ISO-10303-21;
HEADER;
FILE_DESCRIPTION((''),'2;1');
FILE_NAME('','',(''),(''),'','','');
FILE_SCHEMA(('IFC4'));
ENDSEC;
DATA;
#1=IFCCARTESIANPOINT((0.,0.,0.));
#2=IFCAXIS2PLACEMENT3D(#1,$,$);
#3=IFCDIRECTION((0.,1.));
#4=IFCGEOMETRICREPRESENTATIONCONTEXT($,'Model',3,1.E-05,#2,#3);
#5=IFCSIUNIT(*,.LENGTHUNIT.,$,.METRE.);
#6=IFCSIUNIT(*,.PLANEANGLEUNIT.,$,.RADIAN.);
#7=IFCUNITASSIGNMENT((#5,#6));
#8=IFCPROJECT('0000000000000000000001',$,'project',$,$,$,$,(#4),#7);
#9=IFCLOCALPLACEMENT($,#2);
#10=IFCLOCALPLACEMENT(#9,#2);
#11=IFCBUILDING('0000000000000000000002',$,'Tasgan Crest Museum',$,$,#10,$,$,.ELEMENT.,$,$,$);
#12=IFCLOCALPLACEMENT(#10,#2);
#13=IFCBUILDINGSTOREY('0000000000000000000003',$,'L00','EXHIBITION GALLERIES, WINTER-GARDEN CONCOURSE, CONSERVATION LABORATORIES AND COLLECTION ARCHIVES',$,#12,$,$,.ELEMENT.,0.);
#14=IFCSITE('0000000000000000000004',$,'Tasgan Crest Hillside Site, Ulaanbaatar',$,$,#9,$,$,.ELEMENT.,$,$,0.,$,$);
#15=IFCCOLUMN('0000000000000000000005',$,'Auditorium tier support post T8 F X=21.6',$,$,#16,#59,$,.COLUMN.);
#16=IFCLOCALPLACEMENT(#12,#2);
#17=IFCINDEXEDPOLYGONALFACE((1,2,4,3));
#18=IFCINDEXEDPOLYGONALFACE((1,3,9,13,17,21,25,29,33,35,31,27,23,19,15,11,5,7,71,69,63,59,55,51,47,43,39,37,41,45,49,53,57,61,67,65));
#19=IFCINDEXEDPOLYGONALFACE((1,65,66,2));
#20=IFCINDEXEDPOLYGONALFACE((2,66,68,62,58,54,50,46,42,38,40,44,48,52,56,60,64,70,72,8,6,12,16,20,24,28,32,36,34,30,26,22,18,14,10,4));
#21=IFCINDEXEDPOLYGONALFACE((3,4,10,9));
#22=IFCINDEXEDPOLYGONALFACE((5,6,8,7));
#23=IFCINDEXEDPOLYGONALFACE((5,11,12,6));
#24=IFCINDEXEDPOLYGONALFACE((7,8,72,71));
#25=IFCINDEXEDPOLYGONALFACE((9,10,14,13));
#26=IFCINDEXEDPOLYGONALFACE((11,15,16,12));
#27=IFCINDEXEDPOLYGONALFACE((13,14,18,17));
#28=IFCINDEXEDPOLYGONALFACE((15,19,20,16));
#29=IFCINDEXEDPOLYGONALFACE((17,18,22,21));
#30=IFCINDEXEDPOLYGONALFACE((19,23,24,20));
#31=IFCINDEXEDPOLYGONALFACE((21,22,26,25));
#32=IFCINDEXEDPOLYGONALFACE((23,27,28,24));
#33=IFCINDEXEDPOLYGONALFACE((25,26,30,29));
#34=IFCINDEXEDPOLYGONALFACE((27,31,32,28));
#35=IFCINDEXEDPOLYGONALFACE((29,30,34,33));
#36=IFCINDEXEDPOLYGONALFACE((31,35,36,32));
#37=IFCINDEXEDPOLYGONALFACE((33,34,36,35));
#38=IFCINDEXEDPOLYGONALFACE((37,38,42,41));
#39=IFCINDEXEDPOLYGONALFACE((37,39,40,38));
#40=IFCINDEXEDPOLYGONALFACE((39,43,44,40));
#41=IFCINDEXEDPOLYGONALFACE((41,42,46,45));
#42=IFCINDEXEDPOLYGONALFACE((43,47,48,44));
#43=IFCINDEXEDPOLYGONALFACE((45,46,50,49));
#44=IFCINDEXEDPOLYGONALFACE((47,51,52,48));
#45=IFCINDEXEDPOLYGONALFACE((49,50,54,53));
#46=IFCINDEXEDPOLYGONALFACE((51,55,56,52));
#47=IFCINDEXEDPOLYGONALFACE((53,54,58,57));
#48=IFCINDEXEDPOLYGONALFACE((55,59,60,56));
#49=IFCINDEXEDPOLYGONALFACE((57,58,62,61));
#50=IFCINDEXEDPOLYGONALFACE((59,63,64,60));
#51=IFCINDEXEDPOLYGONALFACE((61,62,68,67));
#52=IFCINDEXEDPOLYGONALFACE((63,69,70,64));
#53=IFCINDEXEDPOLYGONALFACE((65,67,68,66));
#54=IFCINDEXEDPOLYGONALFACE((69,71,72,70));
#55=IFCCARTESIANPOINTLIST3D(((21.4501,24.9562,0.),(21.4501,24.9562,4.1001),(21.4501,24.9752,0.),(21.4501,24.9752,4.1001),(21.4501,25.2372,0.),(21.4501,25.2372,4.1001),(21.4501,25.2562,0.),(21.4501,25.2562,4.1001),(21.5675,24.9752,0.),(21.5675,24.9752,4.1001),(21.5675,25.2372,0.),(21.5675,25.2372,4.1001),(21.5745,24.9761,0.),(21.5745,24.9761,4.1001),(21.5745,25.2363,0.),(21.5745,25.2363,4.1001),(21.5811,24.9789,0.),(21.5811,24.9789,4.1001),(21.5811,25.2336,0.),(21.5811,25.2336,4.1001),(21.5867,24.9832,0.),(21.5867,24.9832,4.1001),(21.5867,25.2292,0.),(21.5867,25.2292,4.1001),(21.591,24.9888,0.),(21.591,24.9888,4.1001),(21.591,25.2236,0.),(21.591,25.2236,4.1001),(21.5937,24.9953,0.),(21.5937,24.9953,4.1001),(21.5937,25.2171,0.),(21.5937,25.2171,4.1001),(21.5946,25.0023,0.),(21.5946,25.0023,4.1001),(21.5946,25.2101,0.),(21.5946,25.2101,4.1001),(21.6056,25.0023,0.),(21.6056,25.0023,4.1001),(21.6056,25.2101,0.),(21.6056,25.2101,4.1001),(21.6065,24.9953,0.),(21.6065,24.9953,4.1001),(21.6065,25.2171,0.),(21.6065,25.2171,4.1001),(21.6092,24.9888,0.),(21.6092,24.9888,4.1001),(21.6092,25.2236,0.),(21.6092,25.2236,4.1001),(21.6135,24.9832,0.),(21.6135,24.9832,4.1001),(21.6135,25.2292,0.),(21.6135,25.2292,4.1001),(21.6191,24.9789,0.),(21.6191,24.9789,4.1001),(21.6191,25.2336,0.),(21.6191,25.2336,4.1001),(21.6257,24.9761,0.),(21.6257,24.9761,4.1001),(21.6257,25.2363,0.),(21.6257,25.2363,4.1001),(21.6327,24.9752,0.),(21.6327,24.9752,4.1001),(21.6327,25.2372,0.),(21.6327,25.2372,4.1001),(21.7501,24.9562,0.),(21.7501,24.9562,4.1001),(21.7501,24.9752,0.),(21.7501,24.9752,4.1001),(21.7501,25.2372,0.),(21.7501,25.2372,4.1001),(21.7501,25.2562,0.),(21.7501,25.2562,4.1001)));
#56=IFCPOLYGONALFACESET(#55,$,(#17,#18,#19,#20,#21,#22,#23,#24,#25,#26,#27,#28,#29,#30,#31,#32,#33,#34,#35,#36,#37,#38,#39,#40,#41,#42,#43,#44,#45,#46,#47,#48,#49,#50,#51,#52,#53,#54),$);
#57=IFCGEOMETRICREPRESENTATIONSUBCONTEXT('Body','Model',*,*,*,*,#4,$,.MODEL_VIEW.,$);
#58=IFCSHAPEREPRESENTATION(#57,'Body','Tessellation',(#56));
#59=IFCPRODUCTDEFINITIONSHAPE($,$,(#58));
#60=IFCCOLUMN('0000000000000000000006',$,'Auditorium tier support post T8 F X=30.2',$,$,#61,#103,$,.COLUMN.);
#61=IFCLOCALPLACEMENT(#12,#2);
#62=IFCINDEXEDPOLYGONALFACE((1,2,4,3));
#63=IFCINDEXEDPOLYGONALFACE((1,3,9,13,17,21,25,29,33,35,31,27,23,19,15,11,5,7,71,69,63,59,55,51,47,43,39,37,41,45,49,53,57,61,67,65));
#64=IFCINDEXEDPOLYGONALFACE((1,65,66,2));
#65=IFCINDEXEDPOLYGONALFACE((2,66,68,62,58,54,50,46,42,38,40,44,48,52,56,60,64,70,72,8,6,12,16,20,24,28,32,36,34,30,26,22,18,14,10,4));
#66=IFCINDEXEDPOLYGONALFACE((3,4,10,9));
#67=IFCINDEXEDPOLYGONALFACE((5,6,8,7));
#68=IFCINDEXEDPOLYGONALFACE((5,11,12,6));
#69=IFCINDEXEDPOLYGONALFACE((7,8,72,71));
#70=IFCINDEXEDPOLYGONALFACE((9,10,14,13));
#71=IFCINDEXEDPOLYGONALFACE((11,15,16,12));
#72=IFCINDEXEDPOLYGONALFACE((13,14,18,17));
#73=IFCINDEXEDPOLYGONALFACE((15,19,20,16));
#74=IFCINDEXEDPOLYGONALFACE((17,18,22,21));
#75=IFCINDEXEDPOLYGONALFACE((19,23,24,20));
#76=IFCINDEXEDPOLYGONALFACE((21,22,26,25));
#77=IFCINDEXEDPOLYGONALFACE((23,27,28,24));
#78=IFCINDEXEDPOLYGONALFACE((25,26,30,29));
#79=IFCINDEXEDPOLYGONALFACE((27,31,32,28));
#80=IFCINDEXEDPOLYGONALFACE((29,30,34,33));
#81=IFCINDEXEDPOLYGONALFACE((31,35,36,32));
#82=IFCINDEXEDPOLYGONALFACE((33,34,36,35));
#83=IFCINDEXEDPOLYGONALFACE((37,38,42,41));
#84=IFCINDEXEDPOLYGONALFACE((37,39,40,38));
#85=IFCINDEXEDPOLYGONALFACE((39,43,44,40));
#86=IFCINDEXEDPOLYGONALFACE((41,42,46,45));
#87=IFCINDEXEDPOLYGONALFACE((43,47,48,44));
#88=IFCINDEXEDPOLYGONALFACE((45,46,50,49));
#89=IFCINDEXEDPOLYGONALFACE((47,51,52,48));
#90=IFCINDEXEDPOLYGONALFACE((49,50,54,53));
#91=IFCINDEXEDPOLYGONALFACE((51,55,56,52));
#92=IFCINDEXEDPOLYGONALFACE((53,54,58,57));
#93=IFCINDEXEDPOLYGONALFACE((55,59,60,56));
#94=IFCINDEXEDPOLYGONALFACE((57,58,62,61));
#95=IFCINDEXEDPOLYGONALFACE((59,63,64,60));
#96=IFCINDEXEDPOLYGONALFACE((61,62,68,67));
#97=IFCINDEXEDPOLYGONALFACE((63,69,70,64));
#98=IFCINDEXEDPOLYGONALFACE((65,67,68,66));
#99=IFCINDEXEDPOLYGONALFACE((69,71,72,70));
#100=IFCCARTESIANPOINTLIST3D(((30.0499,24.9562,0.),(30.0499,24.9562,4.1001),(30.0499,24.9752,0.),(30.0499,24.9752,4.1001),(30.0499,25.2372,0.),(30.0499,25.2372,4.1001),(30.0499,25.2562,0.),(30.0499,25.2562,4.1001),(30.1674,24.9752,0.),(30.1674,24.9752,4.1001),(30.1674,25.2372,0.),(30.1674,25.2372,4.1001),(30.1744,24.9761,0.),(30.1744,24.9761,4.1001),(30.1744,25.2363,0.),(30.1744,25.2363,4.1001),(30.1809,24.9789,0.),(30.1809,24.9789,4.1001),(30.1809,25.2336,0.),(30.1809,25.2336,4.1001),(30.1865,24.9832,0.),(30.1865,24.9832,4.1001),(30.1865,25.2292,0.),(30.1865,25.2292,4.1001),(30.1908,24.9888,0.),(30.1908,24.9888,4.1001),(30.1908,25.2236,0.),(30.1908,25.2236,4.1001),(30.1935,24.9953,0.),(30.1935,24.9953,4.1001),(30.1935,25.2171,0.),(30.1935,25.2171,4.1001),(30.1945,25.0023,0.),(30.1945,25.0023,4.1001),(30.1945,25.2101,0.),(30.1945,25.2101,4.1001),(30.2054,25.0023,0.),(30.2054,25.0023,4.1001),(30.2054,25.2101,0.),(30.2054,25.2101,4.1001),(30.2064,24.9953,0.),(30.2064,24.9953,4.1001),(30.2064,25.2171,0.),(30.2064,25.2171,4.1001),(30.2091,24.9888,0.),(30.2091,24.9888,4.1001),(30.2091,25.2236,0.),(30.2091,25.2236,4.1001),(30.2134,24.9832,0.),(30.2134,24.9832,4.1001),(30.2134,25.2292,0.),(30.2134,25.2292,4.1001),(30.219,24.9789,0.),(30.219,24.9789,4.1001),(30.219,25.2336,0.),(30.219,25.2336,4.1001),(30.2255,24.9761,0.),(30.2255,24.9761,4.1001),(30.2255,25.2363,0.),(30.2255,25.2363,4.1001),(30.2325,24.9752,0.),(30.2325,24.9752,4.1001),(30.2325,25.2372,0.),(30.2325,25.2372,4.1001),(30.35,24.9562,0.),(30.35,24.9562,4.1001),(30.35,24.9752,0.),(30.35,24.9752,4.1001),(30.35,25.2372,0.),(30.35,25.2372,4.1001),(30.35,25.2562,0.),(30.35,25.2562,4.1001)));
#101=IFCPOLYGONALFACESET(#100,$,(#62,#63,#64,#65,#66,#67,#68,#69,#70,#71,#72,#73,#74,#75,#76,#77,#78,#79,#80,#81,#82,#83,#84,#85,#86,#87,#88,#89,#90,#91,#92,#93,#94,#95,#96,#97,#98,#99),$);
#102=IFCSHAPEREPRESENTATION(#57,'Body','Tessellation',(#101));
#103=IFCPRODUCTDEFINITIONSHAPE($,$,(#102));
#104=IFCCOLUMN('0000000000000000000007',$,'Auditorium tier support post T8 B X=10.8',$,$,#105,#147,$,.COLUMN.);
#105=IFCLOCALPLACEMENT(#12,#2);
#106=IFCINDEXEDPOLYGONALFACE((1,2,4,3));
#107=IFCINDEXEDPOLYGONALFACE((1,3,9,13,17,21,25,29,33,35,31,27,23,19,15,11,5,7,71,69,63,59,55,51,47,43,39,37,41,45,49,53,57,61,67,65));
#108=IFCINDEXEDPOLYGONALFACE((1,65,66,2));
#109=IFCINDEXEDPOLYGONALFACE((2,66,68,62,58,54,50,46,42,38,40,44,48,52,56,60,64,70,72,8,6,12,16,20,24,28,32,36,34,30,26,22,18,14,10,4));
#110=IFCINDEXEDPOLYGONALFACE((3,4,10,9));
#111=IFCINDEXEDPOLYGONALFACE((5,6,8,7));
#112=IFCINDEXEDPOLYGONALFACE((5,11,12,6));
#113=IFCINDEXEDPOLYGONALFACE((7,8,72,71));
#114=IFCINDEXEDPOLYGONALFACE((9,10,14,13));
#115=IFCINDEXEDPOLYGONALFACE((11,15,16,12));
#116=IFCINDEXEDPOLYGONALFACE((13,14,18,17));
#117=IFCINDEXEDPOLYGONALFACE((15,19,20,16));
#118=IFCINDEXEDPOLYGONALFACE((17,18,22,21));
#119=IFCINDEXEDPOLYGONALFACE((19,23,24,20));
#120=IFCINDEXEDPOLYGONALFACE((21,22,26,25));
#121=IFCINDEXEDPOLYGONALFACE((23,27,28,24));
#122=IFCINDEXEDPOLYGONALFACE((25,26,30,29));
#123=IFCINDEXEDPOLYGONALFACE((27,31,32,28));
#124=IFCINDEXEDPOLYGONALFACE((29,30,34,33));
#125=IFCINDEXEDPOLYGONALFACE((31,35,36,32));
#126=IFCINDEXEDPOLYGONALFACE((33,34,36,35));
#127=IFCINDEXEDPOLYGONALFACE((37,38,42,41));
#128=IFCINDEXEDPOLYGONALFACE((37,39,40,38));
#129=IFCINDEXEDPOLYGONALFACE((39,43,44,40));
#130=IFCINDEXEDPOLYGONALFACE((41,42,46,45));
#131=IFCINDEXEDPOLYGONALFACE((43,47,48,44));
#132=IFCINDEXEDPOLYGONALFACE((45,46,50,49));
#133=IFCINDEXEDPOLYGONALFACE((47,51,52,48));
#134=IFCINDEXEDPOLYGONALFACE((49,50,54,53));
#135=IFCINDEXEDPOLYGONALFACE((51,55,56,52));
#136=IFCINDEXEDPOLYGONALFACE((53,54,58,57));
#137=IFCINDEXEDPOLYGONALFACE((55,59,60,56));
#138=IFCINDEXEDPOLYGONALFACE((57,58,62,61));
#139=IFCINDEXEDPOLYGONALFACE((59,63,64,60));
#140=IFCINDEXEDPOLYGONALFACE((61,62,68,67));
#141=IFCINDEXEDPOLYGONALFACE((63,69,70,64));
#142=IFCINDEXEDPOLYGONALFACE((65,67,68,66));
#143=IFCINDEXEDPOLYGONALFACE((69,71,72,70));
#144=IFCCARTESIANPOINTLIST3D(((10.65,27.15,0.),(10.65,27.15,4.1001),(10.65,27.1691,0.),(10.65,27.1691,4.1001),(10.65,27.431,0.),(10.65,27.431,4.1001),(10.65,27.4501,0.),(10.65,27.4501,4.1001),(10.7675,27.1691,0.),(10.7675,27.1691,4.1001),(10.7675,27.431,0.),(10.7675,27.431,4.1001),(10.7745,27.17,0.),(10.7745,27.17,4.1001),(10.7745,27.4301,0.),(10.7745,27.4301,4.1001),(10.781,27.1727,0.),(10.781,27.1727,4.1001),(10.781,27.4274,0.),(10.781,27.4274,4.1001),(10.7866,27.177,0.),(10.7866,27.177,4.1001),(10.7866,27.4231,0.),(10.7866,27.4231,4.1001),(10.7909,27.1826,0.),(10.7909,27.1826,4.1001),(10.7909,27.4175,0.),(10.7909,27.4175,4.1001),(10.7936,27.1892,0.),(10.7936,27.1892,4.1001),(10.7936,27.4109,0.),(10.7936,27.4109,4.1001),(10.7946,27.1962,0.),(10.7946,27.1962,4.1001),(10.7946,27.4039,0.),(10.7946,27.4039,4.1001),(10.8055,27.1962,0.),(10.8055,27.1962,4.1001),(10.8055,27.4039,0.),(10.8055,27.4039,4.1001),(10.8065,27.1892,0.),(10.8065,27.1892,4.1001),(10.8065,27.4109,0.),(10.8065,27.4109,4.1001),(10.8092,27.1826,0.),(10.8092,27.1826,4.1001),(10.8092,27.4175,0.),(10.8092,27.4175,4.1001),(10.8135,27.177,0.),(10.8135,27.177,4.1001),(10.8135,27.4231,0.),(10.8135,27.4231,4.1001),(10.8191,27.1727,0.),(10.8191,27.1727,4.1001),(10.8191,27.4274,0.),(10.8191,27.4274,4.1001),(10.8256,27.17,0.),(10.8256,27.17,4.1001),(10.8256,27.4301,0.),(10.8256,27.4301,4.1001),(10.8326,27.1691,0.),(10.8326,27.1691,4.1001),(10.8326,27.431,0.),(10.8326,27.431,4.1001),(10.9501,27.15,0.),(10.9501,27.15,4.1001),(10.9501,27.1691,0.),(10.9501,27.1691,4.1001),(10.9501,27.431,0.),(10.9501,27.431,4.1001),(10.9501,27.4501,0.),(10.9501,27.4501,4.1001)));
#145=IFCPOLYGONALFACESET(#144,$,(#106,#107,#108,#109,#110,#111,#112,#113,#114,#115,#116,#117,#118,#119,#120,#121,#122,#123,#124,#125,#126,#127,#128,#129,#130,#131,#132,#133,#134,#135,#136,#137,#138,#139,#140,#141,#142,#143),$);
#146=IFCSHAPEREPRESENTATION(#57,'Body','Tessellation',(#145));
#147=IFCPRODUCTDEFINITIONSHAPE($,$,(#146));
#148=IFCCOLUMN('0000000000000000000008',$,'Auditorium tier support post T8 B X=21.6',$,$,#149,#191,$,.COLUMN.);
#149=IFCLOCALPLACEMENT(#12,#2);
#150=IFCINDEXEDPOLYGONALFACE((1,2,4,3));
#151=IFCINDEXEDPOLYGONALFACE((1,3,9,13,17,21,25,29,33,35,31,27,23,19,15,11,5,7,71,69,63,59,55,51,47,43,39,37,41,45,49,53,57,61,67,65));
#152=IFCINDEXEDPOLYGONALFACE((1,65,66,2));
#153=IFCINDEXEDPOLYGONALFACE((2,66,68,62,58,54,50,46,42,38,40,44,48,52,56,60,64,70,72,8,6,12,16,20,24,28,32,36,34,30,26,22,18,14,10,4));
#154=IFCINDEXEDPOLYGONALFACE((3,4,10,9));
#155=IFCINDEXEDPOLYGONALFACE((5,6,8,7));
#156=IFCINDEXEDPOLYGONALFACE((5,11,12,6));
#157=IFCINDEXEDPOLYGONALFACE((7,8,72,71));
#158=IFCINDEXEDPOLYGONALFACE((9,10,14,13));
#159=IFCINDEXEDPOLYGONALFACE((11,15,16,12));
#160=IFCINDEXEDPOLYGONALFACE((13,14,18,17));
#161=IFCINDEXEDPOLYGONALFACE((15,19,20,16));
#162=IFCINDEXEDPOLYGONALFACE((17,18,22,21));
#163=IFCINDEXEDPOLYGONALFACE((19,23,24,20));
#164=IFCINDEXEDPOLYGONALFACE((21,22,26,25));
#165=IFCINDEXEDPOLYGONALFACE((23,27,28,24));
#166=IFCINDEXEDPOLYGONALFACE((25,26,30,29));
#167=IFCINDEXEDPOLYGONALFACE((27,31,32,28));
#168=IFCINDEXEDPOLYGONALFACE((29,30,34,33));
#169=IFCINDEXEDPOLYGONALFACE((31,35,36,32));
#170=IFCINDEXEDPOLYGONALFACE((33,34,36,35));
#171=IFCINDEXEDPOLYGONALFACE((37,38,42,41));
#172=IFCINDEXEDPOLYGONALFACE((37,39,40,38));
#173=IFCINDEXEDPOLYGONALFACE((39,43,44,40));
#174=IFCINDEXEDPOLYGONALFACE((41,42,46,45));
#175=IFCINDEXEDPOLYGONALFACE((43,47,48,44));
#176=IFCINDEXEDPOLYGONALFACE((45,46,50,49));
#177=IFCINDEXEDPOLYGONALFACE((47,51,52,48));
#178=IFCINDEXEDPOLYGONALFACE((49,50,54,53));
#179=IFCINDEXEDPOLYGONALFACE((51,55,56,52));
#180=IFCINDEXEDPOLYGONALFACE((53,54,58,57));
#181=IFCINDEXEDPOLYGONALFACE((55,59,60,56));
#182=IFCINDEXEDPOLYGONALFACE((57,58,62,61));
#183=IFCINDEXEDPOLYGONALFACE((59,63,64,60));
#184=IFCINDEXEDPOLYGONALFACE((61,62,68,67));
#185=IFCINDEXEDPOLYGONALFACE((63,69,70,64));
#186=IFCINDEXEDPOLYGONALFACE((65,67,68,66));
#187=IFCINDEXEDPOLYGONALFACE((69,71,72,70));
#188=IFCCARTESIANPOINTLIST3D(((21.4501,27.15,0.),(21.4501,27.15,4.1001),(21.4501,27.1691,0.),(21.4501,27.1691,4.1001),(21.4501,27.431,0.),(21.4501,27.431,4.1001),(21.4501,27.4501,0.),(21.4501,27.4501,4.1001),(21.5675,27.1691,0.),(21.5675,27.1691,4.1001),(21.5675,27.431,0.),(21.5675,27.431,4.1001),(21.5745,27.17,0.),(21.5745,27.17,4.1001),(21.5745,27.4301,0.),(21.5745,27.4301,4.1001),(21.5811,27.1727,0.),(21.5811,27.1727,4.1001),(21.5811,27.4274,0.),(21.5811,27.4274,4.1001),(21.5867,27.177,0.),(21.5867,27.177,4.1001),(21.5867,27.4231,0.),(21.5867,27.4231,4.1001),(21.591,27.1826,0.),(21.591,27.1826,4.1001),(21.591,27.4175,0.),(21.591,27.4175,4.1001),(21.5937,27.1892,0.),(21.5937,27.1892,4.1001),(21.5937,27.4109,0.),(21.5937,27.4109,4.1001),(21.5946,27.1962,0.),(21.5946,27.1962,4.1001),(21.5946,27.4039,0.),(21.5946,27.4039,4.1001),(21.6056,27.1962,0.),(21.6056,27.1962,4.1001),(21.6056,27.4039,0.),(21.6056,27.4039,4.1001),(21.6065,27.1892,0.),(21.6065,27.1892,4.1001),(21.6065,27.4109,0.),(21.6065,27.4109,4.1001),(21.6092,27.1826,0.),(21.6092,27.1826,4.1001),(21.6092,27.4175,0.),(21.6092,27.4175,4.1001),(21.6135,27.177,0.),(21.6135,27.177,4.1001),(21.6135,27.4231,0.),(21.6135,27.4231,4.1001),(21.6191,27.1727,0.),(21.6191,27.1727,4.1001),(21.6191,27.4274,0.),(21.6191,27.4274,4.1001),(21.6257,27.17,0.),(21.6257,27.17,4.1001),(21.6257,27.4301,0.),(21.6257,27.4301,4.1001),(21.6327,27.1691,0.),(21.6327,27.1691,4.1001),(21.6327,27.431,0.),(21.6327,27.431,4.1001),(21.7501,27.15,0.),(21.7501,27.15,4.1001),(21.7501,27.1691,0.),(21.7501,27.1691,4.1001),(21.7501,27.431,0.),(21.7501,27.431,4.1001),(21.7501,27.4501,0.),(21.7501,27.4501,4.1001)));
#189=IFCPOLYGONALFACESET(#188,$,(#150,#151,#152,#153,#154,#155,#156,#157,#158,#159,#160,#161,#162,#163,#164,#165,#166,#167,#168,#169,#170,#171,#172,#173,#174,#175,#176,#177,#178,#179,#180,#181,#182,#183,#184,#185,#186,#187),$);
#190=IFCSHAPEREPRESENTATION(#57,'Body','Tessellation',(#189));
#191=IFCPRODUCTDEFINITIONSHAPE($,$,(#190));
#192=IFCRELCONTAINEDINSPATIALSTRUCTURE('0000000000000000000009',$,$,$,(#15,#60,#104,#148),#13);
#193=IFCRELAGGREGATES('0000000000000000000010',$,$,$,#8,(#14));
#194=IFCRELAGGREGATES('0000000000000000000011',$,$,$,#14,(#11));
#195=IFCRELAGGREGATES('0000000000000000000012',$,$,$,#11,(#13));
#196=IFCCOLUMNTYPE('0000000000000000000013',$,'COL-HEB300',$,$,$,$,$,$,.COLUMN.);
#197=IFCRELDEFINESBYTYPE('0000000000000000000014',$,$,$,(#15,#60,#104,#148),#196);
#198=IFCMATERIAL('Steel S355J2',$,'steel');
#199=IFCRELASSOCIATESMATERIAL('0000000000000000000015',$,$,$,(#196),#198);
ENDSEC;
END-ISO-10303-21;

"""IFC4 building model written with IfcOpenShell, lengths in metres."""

from ifc_helpers import new_model, si_unit, direction, frame, origin, origin_2d, place, context, subcontext, project, spatial, i_section, extrude, material, material_profile, profile_set, type_object, element, save


model = new_model("IFC4")

# Units and contexts
model_context = context("Model", 3, precision=1e-05, world=origin(), true_north=direction((0.0, 1.0)))
body_context = subcontext(model_context, "Body", "Model", "MODEL_VIEW")
ifc_project = project(units=[si_unit("LENGTHUNIT", "METRE"), si_unit("PLANEANGLEUNIT", "RADIAN")], contexts=[model_context])

# Site, building, storey
site_placement = place(None, origin())
site = spatial("IfcSite", under=ifc_project, at=site_placement, Name="Tasgan Crest Hillside Site, Ulaanbaatar", CompositionType="ELEMENT", RefElevation=0.0)
building_placement = place(site_placement, origin())
building = spatial("IfcBuilding", under=site, at=building_placement, Name="Tasgan Crest Museum", CompositionType="ELEMENT")
storey_placement = place(building_placement, origin())
storey = spatial("IfcBuildingStorey", under=building, at=storey_placement, Name="L00", Description="EXHIBITION GALLERIES, WINTER-GARDEN CONCOURSE, CONSERVATION LABORATORIES AND COLLECTION ARCHIVES", CompositionType="ELEMENT", Elevation=0.0)

# Columns
ifc_material_1 = material(Name="Steel S355J2", Category="steel")
ifc_material_profile_1 = material_profile(ifc_material_1, i_section(OverallWidth=0.3, OverallDepth=0.3, WebThickness=0.011, FlangeThickness=0.019, FilletRadius=0.0271, at=origin_2d()), Name="HEB 300")
ifc_profile_set_1 = profile_set([ifc_material_profile_1], Name="Steel S355J2")
column_type = type_object("IfcColumnType", Name="COL-HEB300", PredefinedType="COLUMN", material=ifc_profile_set_1)
for number, where, z_axis, x_axis, name in (
    (1, (21.6001, 25.1062, 0.0), (0.0, 0.0, 1.0), (1.0, 0.0, 0.0), "Auditorium tier support post T8 F X=21.6"),
    (2, (30.2, 25.1062, 0.0), (0.0, 0.0, 1.0), (1.0, 0.0, 0.0), "Auditorium tier support post T8 F X=30.2"),
    (3, (10.8, 27.3, 0.0), (0.0, 0.0, 1.0), (1.0, 0.0, 0.0), "Auditorium tier support post T8 B X=10.8"),
    (4, (21.6001, 27.3, 0.0), (0.0, 0.0, 1.0), (1.0, 0.0, 0.0), "Auditorium tier support post T8 B X=21.6"),
):
    element("IfcColumn", number, at=place(storey_placement, frame(where, z_axis=z_axis, x_axis=x_axis)), inside=storey, type_object=column_type, Name=name, PredefinedType="COLUMN", context=body_context, shape_type="SweptSolid", body=[
        extrude(i_section(OverallWidth=0.3, OverallDepth=0.3, WebThickness=0.011, FlangeThickness=0.019, FilletRadius=0.0271, at=origin_2d()), origin(), (0.0, 0.0, 1.0), 4.1001),
    ])

save(model, "model.ifc")
